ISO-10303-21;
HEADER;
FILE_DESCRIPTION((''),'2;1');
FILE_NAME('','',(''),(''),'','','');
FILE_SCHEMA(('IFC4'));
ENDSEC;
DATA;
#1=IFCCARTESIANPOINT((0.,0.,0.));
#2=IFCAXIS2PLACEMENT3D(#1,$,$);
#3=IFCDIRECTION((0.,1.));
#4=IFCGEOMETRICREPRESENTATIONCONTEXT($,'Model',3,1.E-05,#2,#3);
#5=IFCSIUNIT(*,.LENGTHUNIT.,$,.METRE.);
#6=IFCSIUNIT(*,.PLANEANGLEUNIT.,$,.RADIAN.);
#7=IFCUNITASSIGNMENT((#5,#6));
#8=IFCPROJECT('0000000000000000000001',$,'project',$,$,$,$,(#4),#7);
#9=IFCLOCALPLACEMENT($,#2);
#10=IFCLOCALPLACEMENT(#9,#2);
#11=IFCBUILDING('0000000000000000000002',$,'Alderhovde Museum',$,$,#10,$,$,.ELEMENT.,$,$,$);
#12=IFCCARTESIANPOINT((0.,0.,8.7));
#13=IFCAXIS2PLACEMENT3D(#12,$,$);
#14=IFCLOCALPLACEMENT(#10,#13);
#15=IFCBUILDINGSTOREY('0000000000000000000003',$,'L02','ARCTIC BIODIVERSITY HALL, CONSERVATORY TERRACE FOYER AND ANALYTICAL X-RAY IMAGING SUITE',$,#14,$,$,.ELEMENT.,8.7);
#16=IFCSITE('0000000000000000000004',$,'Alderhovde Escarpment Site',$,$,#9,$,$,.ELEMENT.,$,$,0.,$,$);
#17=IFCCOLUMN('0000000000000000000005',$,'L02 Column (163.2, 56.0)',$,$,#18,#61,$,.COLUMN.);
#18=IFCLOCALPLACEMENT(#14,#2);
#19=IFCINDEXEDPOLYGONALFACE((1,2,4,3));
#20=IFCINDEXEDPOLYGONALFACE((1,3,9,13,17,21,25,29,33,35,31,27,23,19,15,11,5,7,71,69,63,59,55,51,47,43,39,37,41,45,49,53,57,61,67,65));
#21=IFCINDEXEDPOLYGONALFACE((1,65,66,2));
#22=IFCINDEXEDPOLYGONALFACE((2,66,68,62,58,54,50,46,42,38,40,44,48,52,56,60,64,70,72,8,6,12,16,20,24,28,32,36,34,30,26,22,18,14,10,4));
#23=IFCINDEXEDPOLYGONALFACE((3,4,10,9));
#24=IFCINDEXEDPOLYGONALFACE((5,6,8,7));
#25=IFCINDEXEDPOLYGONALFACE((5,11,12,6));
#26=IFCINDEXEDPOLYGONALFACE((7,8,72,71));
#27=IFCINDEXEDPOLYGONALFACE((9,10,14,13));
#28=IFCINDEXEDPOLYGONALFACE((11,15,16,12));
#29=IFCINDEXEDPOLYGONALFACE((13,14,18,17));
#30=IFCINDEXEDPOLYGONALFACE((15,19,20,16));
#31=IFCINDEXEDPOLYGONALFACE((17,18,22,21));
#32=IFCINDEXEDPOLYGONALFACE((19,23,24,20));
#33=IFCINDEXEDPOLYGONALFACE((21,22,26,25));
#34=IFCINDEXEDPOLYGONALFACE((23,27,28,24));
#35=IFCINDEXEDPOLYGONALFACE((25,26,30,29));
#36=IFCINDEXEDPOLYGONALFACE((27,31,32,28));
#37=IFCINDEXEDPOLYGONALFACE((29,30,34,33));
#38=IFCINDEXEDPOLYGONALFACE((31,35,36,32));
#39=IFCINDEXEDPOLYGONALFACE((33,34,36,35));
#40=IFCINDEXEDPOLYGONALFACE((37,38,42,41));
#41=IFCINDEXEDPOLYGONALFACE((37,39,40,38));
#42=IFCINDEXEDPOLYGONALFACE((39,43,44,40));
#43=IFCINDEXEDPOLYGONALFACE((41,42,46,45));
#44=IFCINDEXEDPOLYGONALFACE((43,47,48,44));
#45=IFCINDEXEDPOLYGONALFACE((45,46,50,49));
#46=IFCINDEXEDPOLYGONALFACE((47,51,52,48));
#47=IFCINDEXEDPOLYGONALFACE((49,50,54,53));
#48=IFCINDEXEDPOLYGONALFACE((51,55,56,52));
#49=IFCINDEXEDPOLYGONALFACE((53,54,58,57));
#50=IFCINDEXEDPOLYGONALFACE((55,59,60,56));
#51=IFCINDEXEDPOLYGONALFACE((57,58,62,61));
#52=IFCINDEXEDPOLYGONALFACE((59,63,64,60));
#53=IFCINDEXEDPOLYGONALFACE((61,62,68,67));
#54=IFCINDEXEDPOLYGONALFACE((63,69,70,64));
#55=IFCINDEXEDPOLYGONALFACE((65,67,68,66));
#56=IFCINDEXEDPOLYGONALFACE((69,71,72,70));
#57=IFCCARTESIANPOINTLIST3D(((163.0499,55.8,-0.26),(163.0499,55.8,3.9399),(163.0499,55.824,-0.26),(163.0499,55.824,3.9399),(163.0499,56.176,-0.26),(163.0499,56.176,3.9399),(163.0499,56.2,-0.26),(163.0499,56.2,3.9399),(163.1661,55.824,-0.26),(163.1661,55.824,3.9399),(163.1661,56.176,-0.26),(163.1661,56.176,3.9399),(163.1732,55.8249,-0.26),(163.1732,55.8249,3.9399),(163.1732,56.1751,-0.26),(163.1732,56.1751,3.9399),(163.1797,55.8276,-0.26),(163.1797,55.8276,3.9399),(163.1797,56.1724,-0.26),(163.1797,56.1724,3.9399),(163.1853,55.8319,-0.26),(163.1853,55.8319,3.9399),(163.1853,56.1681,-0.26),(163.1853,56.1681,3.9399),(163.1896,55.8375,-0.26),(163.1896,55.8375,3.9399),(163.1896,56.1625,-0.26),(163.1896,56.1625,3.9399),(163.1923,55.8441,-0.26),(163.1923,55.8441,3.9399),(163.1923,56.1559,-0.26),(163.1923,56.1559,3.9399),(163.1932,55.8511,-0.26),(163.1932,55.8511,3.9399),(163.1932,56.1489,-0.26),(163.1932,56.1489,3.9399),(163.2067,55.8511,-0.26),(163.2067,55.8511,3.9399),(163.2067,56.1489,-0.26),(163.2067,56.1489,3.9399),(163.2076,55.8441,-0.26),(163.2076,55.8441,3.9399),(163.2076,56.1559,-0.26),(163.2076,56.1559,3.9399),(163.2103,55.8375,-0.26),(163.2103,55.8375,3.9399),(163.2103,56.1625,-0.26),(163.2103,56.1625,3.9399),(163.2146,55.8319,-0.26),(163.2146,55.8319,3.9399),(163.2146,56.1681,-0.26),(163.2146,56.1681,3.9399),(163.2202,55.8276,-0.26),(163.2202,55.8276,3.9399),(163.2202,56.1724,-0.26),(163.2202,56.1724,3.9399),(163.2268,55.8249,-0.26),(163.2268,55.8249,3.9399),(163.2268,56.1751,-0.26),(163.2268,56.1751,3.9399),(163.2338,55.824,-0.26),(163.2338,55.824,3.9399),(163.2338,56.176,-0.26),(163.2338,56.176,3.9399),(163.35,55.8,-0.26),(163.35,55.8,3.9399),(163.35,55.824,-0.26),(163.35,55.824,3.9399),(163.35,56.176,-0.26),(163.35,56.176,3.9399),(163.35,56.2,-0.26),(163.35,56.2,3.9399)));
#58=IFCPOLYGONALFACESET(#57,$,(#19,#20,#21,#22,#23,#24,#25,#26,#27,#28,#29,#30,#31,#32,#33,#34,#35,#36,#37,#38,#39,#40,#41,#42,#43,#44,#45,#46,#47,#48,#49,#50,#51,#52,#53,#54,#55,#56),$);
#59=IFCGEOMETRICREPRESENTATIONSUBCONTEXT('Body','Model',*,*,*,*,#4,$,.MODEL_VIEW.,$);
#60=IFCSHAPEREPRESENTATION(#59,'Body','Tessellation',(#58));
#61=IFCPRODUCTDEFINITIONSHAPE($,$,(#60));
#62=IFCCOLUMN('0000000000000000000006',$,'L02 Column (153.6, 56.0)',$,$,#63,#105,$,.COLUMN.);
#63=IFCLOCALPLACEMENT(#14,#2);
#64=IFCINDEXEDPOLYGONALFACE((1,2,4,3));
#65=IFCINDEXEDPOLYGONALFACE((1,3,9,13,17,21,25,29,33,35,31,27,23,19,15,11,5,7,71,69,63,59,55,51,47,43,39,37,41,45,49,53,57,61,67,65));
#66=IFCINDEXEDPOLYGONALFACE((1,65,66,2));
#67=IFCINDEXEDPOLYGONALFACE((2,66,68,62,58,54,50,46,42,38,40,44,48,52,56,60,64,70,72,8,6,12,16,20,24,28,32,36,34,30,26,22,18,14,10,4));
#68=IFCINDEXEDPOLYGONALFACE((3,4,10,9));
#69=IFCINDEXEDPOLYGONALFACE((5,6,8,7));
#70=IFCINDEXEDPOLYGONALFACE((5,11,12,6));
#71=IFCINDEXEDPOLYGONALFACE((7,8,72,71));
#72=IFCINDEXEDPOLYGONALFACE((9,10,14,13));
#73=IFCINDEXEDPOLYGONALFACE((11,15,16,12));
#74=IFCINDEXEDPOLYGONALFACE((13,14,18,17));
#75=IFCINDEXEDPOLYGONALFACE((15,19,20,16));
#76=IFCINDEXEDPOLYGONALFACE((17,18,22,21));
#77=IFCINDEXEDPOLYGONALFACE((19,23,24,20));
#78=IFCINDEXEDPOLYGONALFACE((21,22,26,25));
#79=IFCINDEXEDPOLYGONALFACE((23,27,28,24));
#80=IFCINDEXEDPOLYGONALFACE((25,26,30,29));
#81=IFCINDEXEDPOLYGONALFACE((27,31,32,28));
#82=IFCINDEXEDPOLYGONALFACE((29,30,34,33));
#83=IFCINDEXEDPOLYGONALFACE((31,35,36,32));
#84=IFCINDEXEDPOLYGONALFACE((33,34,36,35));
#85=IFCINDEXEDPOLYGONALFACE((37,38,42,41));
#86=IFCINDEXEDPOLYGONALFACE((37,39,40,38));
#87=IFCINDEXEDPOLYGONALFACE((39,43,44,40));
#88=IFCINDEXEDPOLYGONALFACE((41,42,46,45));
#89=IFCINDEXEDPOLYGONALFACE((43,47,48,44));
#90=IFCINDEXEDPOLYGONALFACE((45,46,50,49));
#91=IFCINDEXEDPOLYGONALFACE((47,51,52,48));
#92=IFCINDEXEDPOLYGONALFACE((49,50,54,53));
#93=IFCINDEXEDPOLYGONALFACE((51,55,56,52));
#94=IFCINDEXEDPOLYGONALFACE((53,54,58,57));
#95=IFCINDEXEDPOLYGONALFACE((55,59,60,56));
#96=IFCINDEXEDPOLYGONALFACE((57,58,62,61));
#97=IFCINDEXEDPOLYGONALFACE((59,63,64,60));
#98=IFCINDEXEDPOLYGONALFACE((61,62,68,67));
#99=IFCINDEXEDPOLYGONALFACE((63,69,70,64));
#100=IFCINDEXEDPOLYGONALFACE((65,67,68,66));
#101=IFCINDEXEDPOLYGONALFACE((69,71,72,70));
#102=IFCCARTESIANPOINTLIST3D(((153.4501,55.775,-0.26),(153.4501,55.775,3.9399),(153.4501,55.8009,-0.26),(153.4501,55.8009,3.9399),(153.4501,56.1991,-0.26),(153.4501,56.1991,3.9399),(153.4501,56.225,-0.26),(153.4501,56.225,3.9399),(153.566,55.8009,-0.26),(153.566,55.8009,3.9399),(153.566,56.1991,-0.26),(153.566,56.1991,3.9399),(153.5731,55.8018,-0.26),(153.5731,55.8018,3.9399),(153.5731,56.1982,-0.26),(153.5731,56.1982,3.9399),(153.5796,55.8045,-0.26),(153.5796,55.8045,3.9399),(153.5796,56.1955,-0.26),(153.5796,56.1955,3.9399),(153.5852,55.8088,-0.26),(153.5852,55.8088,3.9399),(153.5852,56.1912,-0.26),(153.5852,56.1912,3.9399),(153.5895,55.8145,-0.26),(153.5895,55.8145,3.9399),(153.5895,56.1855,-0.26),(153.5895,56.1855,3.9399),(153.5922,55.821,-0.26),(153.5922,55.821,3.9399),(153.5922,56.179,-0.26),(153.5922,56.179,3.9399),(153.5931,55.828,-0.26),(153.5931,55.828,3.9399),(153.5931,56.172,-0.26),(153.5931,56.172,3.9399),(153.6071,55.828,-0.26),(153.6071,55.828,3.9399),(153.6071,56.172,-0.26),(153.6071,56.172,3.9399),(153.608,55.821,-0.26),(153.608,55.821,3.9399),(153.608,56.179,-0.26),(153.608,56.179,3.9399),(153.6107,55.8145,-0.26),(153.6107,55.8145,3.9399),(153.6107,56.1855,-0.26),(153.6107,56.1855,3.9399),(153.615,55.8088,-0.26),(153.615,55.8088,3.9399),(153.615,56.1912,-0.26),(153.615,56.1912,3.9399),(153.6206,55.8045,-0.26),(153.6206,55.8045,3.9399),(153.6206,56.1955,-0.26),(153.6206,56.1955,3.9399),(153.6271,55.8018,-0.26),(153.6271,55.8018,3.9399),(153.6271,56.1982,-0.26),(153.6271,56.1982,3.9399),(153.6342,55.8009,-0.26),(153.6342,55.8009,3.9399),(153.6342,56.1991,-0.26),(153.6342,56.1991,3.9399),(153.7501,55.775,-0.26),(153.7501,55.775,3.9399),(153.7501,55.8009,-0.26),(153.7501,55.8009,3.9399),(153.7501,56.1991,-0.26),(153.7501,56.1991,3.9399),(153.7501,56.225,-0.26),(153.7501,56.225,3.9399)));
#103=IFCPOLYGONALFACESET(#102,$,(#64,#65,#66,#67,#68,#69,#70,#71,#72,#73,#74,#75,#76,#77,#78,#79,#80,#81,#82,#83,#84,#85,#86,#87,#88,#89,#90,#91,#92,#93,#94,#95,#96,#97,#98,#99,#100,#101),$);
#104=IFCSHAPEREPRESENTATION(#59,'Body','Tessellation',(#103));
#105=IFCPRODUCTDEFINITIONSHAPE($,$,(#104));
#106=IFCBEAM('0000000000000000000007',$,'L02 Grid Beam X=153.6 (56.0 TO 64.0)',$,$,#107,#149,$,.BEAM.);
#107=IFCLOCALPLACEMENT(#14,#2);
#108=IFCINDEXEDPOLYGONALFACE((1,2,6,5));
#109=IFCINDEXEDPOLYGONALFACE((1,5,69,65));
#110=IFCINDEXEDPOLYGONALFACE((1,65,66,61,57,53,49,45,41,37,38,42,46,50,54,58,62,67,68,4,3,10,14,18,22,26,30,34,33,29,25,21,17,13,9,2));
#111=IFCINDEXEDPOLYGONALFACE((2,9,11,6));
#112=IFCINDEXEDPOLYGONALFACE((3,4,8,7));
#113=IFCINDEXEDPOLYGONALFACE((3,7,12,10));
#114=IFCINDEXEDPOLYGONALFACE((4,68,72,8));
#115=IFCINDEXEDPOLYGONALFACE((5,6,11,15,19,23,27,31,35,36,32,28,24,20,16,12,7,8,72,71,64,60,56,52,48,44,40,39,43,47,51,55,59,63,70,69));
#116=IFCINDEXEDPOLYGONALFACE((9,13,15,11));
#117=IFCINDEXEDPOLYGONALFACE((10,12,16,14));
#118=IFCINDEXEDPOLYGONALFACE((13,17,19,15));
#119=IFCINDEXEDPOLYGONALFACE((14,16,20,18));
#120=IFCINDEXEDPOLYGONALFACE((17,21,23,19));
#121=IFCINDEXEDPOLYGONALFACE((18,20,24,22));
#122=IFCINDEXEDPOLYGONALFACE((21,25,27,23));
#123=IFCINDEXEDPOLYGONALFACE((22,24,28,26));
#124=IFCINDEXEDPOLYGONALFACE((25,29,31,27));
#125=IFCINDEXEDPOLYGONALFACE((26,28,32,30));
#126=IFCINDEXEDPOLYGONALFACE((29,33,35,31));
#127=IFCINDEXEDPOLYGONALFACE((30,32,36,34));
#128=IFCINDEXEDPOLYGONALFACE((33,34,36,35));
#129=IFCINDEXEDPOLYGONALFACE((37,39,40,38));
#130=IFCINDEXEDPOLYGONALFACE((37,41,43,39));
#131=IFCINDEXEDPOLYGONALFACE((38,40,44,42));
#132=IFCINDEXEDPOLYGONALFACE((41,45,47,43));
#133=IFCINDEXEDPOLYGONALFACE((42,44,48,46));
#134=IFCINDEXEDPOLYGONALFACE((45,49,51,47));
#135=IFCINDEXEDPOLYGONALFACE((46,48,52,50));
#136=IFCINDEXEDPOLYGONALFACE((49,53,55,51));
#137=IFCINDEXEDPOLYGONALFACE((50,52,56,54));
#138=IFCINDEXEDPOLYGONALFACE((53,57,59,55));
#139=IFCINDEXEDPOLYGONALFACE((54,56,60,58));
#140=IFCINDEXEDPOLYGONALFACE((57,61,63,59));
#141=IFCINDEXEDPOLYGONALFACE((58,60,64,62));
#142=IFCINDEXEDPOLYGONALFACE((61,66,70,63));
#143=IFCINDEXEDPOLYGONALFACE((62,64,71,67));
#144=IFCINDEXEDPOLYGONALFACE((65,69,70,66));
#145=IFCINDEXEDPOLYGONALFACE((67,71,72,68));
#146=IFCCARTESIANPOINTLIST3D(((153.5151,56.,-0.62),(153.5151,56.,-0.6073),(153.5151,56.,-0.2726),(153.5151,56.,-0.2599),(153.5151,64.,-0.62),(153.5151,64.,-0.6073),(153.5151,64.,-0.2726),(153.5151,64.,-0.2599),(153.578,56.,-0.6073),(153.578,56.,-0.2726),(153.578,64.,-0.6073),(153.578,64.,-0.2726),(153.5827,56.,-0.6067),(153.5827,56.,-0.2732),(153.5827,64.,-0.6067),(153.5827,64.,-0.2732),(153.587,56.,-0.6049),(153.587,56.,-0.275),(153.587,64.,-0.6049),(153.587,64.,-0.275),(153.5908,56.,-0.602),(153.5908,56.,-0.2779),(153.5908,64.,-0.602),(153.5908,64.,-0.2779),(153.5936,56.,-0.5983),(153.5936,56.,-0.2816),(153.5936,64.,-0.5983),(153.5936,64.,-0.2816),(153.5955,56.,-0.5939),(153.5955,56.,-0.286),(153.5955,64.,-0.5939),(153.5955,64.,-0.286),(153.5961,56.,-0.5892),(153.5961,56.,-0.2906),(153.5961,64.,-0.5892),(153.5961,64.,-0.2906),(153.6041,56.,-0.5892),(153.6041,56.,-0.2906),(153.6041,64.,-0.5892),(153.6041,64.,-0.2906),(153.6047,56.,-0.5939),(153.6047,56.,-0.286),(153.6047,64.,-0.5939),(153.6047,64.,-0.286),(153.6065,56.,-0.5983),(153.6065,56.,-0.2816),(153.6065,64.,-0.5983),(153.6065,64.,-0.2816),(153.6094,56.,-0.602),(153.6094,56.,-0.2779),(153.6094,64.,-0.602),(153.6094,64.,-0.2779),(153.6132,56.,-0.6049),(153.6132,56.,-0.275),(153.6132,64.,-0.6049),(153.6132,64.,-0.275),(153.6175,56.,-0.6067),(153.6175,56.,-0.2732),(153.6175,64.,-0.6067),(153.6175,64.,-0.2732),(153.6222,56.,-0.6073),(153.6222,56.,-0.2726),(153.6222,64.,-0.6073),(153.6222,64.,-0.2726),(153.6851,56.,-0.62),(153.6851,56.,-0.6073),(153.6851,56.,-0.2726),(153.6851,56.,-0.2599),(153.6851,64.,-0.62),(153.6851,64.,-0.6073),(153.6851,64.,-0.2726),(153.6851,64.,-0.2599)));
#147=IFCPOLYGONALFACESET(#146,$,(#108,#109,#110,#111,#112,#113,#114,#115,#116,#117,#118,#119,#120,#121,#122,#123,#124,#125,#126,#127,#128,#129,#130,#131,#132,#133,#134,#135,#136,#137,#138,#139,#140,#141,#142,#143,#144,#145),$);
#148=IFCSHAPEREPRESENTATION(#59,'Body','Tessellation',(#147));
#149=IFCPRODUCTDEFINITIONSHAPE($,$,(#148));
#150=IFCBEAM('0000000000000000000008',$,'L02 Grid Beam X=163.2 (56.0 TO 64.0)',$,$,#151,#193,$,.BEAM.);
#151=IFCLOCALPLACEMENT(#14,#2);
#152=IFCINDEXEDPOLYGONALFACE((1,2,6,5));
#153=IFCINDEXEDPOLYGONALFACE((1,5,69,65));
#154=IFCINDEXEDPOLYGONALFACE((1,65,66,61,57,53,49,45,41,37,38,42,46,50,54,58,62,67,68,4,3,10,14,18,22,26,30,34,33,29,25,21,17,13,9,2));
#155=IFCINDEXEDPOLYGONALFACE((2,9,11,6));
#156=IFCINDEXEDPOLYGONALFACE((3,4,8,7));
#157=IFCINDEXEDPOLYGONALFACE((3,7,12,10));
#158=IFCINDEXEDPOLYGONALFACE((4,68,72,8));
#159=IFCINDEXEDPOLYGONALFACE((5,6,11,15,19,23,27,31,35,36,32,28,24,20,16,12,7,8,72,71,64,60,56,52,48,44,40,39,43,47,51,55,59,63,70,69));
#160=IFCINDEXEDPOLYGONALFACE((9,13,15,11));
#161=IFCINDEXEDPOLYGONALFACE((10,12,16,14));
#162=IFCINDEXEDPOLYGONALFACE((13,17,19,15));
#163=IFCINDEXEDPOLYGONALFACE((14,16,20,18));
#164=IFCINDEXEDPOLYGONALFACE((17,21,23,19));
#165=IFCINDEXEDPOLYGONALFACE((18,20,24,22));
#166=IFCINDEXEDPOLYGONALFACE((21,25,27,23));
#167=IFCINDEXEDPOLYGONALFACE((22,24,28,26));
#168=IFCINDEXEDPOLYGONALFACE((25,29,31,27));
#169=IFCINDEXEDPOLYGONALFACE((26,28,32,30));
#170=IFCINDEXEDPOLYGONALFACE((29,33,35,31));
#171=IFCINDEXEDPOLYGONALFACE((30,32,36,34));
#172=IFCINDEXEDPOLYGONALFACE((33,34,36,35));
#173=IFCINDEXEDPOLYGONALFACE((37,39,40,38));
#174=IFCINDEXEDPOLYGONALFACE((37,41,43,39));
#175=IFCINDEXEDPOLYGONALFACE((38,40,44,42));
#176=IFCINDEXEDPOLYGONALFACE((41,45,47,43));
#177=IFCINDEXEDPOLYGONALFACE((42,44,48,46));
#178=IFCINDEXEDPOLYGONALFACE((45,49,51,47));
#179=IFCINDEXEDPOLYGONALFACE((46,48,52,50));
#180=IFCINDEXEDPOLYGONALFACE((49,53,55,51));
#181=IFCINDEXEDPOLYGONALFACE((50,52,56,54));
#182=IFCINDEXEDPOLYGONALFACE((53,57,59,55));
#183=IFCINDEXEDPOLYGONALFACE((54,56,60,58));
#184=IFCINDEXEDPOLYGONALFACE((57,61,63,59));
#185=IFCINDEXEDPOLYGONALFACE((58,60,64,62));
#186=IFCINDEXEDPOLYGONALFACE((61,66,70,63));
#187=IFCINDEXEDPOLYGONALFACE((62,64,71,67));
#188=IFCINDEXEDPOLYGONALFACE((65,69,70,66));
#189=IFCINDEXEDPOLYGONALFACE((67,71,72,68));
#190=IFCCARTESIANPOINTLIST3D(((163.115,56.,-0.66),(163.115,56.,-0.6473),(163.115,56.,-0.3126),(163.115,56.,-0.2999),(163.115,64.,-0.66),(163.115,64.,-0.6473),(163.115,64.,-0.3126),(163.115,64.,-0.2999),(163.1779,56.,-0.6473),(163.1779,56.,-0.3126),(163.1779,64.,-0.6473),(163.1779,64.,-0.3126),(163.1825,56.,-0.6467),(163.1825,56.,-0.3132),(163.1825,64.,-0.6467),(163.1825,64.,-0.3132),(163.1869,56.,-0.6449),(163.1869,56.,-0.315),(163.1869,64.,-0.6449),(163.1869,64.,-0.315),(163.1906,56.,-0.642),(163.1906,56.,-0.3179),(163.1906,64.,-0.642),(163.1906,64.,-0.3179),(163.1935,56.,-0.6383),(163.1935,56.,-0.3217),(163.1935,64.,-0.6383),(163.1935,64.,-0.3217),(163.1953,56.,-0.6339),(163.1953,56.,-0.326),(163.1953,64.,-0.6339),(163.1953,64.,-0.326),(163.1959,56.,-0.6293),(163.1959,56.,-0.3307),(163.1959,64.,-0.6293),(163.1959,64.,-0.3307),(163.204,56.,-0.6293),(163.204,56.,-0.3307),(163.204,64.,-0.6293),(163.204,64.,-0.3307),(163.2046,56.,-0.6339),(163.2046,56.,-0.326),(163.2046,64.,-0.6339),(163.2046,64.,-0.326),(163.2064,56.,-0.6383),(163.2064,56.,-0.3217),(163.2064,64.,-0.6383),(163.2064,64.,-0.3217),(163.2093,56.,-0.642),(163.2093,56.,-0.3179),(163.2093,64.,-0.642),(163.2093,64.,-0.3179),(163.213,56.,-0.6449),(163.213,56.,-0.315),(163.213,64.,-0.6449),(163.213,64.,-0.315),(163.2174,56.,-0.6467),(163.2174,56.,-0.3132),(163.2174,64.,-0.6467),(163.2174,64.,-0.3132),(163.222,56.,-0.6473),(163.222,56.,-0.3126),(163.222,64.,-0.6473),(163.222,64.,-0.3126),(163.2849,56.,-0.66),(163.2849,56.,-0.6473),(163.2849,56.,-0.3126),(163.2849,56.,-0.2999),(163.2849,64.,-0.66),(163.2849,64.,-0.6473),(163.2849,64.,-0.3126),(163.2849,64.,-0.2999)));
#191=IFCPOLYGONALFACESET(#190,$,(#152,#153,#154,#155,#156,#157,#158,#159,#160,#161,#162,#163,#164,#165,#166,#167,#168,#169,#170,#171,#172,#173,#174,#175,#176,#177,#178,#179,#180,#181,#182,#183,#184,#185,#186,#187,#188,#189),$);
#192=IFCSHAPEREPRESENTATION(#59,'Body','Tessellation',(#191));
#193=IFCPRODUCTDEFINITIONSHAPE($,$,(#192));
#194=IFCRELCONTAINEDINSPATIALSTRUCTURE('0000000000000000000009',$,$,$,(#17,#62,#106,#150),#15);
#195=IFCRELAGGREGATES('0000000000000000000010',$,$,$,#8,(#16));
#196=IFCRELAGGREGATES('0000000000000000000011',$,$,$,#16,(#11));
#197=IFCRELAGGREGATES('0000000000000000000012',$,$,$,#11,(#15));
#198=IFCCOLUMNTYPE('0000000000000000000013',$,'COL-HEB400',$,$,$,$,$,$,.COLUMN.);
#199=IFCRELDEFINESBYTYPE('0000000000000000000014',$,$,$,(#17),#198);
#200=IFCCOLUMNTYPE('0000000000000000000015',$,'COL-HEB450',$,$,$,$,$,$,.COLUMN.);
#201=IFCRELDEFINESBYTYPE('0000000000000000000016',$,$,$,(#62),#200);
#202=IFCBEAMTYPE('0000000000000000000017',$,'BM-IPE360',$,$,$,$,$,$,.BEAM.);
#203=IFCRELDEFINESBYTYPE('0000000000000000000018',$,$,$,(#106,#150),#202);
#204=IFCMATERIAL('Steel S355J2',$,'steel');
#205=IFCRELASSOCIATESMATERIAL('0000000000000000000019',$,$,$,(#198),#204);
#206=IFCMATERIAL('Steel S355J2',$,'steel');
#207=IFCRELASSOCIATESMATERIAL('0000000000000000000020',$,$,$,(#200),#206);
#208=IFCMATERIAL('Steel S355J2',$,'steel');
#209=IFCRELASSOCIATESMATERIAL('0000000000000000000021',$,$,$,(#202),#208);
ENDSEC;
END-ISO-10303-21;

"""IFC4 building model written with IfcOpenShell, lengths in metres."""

from ifc_helpers import new_model, si_unit, direction, frame, origin, origin_2d, place, context, subcontext, project, spatial, i_section, extrude, material, material_profile, profile_set, type_object, element, save


model = new_model("IFC4")

# Units and contexts
model_context = context("Model", 3, precision=1e-05, world=origin(), true_north=direction((0.0, 1.0)))
body_context = subcontext(model_context, "Body", "Model", "MODEL_VIEW")
ifc_project = project(units=[si_unit("LENGTHUNIT", "METRE"), si_unit("PLANEANGLEUNIT", "RADIAN")], contexts=[model_context])

# Site, building, storey
site_placement = place(None, origin())
site = spatial("IfcSite", under=ifc_project, at=site_placement, Name="Alderhovde Escarpment Site", CompositionType="ELEMENT", RefElevation=0.0)
building_placement = place(site_placement, origin())
building = spatial("IfcBuilding", under=site, at=building_placement, Name="Alderhovde Museum", CompositionType="ELEMENT")
storey_placement = place(building_placement, frame((0.0, 0.0, 8.7)))
storey = spatial("IfcBuildingStorey", under=building, at=storey_placement, Name="L02", Description="ARCTIC BIODIVERSITY HALL, CONSERVATORY TERRACE FOYER AND ANALYTICAL X-RAY IMAGING SUITE", CompositionType="ELEMENT", Elevation=8.7)

# Columns
ifc_material_1 = material(Name="Steel S355J2", Category="steel")
ifc_material_profile_1 = material_profile(ifc_material_1, i_section(OverallWidth=0.3, OverallDepth=0.3999, WebThickness=0.0134, FlangeThickness=0.0239, FilletRadius=0.0271, at=origin_2d()), Name="HEB 400")
ifc_profile_set_1 = profile_set([ifc_material_profile_1], Name="Steel S355J2")
column_type_1 = type_object("IfcColumnType", Name="COL-HEB400", PredefinedType="COLUMN", material=ifc_profile_set_1)
column_1_placement = place(storey_placement, frame((163.2, 56.0, -0.26), z_axis=(0.0, 0.0, 1.0), x_axis=(1.0, 0.0, 0.0)))
element("IfcColumn", 1, at=column_1_placement, inside=storey, type_object=column_type_1, Name="L02 Column (163.2, 56.0)", PredefinedType="COLUMN", context=body_context, shape_type="SweptSolid", body=[
    extrude(i_section(OverallWidth=0.3, OverallDepth=0.3999, WebThickness=0.0134, FlangeThickness=0.0239, FilletRadius=0.0271, at=origin_2d()), origin(), (0.0, 0.0, 1.0), 4.2),
])
ifc_material_2 = material(Name="Steel S355J2", Category="steel")
ifc_material_profile_2 = material_profile(ifc_material_2, i_section(OverallWidth=0.3, OverallDepth=0.45, WebThickness=0.0139, FlangeThickness=0.0259, FilletRadius=0.0271, at=origin_2d()), Name="HEB 450")
ifc_profile_set_2 = profile_set([ifc_material_profile_2], Name="Steel S355J2")
column_type_2 = type_object("IfcColumnType", Name="COL-HEB450", PredefinedType="COLUMN", material=ifc_profile_set_2)
column_2_placement = place(storey_placement, frame((153.6001, 56.0, -0.26), z_axis=(0.0, 0.0, 1.0), x_axis=(1.0, 0.0, 0.0)))
element("IfcColumn", 2, at=column_2_placement, inside=storey, type_object=column_type_2, Name="L02 Column (153.6, 56.0)", PredefinedType="COLUMN", context=body_context, shape_type="SweptSolid", body=[
    extrude(i_section(OverallWidth=0.3, OverallDepth=0.45, WebThickness=0.0139, FlangeThickness=0.0259, FilletRadius=0.0271, at=origin_2d()), origin(), (0.0, 0.0, 1.0), 4.2),
])

# Beams
ifc_material_3 = material(Name="Steel S355J2", Category="steel")
ifc_material_profile_3 = material_profile(ifc_material_3, i_section(OverallWidth=0.1699, OverallDepth=0.3601, WebThickness=0.0081, FlangeThickness=0.0127, FilletRadius=0.0181, at=origin_2d()), Name="IPE 360")
ifc_profile_set_3 = profile_set([ifc_material_profile_3], Name="Steel S355J2")
beam_type_1 = type_object("IfcBeamType", Name="BM-IPE360", PredefinedType="BEAM", material=ifc_profile_set_3)
for number, where, z_axis, x_axis, name in (
    (3, (153.6001, 56.0, -0.4399), (0.0, 1.0, 0.0), (-1.0, 0.0, 0.0), "L02 Grid Beam X=153.6 (56.0 TO 64.0)"),
    (4, (163.2, 56.0, -0.48), (0.0, 1.0, 0.0), (-1.0, 0.0, 0.0), "L02 Grid Beam X=163.2 (56.0 TO 64.0)"),
):
    element("IfcBeam", number, at=place(storey_placement, frame(where, z_axis=z_axis, x_axis=x_axis)), inside=storey, type_object=beam_type_1, Name=name, PredefinedType="BEAM", context=body_context, shape_type="SweptSolid", body=[
        extrude(i_section(OverallWidth=0.1699, OverallDepth=0.3601, WebThickness=0.0081, FlangeThickness=0.0127, FilletRadius=0.0181, at=origin_2d()), origin(), (0.0, 0.0, 1.0), 8.0),
    ])

save(model, "model.ifc")
